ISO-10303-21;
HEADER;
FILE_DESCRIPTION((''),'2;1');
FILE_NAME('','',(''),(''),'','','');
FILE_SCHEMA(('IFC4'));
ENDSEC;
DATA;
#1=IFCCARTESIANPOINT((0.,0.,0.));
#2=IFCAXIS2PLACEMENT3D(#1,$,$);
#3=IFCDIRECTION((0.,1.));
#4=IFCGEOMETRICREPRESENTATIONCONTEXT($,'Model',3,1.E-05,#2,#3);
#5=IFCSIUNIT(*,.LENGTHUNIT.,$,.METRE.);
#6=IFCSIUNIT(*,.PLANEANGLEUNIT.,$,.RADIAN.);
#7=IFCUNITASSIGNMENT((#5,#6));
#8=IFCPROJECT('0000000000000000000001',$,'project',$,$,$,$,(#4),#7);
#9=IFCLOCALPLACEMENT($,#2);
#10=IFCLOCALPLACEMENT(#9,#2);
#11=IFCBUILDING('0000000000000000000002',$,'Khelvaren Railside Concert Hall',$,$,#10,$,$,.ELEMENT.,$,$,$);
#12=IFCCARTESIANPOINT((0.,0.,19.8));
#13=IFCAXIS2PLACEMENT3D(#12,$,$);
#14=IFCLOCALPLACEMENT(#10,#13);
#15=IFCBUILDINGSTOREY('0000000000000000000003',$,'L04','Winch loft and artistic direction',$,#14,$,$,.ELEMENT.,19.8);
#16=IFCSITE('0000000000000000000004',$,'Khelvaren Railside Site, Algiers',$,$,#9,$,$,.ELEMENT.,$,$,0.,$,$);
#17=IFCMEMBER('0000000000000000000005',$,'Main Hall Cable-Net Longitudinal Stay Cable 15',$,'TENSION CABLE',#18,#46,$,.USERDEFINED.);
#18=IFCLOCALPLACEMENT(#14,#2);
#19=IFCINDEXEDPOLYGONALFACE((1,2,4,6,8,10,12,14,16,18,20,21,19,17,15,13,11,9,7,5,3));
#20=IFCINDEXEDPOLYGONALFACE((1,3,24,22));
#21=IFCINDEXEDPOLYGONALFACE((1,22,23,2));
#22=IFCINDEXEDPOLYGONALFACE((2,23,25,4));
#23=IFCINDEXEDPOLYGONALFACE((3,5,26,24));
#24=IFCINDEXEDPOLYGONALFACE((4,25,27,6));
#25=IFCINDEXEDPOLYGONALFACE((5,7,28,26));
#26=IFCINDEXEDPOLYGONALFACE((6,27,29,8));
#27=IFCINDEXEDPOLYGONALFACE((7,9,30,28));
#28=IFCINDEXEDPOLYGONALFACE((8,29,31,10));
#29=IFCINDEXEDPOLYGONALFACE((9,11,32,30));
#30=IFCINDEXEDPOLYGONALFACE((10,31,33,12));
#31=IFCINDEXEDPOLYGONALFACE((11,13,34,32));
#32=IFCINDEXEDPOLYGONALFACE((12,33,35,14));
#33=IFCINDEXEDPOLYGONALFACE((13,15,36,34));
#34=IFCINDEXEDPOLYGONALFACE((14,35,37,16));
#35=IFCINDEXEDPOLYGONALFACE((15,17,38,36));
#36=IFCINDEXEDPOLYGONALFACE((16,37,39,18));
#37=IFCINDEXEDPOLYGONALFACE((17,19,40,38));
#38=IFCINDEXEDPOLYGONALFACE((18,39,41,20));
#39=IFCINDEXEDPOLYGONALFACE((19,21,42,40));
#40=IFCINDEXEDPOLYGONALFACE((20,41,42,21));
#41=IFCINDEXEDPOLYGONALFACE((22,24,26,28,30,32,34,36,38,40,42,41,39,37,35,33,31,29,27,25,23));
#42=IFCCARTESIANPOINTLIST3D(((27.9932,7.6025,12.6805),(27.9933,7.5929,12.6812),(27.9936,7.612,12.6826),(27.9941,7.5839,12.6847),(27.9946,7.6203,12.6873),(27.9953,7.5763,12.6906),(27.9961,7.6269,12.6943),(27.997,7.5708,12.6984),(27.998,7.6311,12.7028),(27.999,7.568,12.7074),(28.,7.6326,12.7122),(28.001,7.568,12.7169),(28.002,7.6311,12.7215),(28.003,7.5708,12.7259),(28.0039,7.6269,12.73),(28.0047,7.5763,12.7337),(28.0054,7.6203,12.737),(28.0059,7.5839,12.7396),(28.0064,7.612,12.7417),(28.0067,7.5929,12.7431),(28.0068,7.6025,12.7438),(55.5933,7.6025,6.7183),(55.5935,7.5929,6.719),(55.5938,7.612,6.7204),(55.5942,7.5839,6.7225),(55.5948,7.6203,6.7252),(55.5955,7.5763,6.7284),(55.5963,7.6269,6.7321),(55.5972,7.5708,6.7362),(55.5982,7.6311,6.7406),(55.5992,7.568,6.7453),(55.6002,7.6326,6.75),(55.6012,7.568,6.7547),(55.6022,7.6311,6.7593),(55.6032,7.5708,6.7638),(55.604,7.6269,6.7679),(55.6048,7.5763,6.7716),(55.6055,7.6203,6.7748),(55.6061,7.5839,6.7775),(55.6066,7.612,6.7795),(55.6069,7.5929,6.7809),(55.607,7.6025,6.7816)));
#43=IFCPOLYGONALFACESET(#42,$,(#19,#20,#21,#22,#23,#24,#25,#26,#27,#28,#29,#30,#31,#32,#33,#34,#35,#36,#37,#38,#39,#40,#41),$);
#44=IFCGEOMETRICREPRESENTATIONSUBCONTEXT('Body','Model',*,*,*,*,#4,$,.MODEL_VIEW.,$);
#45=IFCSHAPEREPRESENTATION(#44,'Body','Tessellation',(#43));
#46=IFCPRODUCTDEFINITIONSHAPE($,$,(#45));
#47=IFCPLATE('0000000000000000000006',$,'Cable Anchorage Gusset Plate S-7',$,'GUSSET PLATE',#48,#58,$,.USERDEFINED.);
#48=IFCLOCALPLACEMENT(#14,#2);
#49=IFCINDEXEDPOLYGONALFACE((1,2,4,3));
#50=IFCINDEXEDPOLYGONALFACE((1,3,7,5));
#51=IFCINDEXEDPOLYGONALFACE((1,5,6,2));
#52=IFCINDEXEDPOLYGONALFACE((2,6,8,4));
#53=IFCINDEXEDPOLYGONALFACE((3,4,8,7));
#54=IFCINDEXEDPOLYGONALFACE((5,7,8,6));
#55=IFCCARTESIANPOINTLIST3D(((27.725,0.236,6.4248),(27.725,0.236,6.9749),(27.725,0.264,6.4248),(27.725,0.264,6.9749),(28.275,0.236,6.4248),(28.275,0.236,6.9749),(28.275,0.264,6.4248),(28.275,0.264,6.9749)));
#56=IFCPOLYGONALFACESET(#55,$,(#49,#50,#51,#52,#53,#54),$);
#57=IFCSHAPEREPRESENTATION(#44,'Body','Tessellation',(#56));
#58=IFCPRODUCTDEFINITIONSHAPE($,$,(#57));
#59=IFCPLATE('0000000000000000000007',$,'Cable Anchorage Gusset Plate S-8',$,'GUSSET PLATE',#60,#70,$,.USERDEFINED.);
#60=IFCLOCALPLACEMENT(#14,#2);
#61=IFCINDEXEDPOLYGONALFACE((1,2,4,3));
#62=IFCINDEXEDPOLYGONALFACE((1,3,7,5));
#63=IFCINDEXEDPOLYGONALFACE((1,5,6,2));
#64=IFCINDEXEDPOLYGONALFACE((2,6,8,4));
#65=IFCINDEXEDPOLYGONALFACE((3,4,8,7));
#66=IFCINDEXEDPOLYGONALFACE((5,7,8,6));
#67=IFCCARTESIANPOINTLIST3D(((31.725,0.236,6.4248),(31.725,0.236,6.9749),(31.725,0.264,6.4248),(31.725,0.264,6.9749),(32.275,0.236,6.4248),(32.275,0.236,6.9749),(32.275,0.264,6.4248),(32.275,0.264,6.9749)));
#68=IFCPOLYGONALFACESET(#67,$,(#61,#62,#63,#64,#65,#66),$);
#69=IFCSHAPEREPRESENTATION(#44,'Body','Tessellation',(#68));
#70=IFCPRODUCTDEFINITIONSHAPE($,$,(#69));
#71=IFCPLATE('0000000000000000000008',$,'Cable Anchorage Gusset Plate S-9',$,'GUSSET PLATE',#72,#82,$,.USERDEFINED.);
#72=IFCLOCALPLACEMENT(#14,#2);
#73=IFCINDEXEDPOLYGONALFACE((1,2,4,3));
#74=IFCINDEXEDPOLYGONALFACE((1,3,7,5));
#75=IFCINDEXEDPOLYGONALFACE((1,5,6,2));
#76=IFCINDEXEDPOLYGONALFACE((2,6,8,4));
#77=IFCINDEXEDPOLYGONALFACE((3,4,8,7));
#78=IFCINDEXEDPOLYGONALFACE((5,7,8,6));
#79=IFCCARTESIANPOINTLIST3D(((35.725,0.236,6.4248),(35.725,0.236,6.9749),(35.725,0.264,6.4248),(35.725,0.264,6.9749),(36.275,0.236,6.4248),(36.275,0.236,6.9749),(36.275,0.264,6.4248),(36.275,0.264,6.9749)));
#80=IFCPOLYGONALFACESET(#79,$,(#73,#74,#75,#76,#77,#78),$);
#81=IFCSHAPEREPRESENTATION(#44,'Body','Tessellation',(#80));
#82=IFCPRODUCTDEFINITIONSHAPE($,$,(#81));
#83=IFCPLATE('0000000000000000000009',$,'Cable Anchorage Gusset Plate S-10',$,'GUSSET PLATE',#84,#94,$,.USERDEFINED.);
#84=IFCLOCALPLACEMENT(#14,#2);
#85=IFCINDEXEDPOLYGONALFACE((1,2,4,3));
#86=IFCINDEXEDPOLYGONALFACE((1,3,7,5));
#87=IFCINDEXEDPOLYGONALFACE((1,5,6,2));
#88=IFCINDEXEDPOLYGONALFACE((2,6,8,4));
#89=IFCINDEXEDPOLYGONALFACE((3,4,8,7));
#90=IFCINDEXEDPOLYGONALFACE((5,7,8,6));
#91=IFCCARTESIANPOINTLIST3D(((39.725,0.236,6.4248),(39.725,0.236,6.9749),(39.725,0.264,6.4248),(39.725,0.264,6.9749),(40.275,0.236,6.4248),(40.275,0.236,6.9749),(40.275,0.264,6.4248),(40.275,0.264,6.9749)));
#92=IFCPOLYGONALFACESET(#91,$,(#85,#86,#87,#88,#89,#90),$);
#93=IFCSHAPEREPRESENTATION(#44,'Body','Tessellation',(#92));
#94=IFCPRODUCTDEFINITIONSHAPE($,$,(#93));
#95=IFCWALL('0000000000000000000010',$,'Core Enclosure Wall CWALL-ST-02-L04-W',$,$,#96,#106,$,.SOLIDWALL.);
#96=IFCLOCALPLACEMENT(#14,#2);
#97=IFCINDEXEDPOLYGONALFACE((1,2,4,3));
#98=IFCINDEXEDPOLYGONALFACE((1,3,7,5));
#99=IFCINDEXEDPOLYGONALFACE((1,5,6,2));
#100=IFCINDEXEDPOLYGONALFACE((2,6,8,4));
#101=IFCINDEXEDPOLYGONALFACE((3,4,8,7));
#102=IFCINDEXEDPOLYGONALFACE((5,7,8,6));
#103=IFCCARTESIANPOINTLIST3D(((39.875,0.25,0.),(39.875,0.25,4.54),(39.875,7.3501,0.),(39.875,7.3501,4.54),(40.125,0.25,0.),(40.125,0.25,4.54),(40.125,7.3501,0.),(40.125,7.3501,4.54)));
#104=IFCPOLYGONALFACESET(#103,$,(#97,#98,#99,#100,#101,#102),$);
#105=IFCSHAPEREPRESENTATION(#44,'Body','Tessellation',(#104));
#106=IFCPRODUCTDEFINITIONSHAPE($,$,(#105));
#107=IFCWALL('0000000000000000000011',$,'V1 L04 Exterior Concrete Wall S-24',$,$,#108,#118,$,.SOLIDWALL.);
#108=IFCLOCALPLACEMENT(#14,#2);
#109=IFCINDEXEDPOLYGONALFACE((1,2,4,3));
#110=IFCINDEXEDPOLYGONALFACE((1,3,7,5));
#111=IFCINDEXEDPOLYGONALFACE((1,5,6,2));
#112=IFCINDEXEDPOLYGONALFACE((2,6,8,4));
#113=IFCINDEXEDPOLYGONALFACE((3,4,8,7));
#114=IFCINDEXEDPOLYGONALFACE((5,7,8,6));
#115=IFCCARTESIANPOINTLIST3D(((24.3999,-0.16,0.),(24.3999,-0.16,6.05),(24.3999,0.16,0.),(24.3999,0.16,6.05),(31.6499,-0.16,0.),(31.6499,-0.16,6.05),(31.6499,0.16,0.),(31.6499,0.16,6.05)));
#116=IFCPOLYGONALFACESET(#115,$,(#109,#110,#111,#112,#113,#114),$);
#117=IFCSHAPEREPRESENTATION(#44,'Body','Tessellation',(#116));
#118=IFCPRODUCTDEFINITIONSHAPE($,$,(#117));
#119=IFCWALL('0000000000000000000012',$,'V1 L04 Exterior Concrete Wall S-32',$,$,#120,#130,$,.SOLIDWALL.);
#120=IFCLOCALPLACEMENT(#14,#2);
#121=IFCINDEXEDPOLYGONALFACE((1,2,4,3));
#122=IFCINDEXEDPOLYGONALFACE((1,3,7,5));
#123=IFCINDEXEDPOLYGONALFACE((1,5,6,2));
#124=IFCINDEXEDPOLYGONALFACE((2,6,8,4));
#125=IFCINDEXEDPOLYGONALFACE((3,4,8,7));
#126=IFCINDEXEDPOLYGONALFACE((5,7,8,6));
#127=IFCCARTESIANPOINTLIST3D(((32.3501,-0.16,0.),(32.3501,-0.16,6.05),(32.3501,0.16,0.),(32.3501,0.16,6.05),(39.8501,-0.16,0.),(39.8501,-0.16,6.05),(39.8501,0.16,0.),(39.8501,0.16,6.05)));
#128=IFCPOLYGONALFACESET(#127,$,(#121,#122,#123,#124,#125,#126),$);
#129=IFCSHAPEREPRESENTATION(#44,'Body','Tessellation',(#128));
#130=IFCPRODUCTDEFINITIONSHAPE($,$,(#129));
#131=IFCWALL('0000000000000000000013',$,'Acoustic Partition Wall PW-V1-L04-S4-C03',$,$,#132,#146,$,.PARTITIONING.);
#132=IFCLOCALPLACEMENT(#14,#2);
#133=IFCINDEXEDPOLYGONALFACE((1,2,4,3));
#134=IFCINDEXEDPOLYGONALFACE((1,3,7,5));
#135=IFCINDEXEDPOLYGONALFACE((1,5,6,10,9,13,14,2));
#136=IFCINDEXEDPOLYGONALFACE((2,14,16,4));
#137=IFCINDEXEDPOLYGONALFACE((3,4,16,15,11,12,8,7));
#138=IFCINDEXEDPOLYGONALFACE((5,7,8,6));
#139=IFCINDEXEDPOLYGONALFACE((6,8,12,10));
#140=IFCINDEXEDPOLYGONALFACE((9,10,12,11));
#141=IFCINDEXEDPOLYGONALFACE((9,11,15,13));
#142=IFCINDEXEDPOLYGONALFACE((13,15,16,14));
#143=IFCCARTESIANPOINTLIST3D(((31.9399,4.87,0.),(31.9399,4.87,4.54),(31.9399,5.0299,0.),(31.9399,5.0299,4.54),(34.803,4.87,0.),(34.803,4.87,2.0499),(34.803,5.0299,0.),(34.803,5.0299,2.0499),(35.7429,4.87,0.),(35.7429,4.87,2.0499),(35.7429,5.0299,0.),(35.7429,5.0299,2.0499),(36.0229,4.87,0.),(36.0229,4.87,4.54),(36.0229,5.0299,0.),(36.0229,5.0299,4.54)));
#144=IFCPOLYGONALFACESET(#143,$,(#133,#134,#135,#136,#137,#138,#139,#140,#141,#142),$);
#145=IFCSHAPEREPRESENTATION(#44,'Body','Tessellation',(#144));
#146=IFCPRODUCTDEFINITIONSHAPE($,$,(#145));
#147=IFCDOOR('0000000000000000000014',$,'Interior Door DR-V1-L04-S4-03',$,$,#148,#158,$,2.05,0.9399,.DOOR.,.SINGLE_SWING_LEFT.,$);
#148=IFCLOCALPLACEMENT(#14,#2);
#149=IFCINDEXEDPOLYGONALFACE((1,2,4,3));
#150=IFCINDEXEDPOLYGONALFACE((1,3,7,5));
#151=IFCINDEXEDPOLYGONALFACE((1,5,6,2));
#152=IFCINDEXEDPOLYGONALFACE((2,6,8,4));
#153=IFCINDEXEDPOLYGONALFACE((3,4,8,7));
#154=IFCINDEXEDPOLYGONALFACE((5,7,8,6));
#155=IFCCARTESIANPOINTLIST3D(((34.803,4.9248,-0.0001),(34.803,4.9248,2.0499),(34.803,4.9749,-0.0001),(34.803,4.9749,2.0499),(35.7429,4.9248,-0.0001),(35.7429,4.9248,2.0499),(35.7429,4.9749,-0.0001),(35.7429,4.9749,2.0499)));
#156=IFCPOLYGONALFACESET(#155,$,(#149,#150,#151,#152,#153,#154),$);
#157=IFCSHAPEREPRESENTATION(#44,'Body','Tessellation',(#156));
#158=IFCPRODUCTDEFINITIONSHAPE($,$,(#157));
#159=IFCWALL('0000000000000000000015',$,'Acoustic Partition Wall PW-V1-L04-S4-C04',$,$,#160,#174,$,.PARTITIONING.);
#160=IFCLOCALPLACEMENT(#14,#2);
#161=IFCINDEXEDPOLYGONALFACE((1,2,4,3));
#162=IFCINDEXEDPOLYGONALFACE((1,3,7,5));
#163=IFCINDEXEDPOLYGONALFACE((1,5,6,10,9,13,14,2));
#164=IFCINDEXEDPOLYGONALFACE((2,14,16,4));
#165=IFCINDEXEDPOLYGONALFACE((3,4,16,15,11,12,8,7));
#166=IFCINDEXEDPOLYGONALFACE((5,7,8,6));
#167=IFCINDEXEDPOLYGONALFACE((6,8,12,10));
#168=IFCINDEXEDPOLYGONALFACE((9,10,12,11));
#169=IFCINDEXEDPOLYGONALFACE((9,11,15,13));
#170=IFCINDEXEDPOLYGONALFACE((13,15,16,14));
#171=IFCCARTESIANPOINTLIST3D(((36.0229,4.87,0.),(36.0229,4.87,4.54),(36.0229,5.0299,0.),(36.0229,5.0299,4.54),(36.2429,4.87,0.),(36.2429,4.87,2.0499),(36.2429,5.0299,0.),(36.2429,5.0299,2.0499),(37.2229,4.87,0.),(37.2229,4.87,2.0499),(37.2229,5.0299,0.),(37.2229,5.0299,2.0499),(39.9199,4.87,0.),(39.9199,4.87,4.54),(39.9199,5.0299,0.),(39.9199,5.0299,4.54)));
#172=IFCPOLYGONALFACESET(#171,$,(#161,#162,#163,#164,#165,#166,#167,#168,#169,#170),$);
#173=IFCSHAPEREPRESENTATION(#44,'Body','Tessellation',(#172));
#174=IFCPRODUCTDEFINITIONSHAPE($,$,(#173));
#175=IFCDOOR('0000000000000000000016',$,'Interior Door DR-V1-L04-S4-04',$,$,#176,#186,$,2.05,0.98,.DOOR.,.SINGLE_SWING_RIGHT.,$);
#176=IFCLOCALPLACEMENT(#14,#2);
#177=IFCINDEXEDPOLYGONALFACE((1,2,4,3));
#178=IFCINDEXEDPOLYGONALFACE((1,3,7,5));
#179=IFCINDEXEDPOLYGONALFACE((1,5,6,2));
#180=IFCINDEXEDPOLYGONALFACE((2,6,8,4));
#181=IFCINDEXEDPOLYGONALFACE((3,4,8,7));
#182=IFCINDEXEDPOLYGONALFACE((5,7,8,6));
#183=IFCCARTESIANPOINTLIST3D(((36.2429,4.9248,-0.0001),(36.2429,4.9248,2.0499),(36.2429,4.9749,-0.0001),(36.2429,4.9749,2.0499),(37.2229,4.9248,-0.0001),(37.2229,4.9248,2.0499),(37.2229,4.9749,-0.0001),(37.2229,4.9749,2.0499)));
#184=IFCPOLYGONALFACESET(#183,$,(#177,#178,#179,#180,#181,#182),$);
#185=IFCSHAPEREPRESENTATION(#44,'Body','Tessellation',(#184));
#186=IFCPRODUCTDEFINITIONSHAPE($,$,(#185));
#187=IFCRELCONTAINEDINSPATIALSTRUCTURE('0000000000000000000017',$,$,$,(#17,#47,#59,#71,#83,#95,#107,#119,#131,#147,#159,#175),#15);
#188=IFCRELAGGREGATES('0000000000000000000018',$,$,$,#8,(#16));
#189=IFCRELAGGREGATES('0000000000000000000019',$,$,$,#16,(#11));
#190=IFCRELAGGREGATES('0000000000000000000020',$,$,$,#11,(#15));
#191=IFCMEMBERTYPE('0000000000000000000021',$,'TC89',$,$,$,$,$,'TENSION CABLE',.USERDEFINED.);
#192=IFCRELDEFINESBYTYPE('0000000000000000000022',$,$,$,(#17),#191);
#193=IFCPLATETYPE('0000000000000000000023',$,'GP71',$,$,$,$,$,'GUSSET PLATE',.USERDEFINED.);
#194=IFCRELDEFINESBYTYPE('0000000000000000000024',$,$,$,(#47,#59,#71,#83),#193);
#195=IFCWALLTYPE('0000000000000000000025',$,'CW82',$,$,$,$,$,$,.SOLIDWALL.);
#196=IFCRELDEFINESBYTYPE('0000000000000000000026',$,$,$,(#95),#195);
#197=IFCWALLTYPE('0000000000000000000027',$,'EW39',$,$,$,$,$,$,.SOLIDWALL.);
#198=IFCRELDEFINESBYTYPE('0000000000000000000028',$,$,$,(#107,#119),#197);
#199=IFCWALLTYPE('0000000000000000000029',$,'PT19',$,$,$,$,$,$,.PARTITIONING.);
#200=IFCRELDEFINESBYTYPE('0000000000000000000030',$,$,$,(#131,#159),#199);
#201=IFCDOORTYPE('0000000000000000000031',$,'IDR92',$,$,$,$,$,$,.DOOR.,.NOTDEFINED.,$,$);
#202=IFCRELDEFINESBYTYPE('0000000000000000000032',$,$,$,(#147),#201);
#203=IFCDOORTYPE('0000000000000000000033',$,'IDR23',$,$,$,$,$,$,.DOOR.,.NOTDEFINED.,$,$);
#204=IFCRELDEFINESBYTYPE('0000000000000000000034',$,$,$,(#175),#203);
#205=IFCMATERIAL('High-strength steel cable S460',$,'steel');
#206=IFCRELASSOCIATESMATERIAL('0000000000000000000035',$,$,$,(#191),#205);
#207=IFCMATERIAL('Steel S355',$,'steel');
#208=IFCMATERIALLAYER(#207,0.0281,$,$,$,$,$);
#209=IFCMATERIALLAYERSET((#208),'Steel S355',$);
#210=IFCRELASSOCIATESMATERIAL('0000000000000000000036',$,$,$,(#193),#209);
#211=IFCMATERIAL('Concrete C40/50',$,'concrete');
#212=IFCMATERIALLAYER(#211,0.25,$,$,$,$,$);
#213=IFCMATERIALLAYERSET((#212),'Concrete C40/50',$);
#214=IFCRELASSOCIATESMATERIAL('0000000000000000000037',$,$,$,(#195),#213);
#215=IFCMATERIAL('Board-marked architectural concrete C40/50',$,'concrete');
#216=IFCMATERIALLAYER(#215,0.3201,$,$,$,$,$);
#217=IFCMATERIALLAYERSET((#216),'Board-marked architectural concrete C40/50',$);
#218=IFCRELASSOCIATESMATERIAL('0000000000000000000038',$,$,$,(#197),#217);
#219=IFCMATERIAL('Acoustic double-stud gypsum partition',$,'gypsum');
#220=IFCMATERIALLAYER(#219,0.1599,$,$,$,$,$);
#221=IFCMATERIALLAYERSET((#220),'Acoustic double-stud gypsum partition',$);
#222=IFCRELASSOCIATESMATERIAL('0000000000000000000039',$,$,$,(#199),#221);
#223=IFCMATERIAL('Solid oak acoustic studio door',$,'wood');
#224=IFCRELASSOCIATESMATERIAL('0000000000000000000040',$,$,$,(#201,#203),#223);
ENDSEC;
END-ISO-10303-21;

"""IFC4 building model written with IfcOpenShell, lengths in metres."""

from ifc_helpers import new_model, si_unit, direction, frame, frame_2d, origin, origin_2d, place, context, subcontext, project, spatial, rectangle, circle, extrude, material, layer, layer_set, material_profile, profile_set, type_object, element, fill, save


model = new_model("IFC4")

# Units and contexts
model_context = context("Model", 3, precision=1e-05, world=origin(), true_north=direction((0.0, 1.0)))
body_context = subcontext(model_context, "Body", "Model", "MODEL_VIEW")
ifc_project = project(units=[si_unit("LENGTHUNIT", "METRE"), si_unit("PLANEANGLEUNIT", "RADIAN")], contexts=[model_context])

# Site, building, storey
site_placement = place(None, origin())
site = spatial("IfcSite", under=ifc_project, at=site_placement, Name="Khelvaren Railside Site, Algiers", CompositionType="ELEMENT", RefElevation=0.0)
building_placement = place(site_placement, origin())
building = spatial("IfcBuilding", under=site, at=building_placement, Name="Khelvaren Railside Concert Hall", CompositionType="ELEMENT")
storey_placement = place(building_placement, frame((0.0, 0.0, 19.8)))
storey = spatial("IfcBuildingStorey", under=building, at=storey_placement, Name="L04", Description="Winch loft and artistic direction", CompositionType="ELEMENT", Elevation=19.8)

# Shared definitions
ifc_material_1 = material(Name="Steel S355", Category="steel")

# Shared definitions
ifc_material_2 = material(Name="Concrete C40/50", Category="concrete")

# Member
ifc_material_3 = material(Name="High-strength steel cable S460", Category="steel")
ifc_material_profile_1 = material_profile(ifc_material_3, circle(Radius=0.0325, at=origin_2d()), Name="LCB D65")
ifc_profile_set_1 = profile_set([ifc_material_profile_1], Name="High-strength steel cable S460")
member_type_1 = type_object("IfcMemberType", Name="TC89", ElementType="TENSION CABLE", PredefinedType="USERDEFINED", material=ifc_profile_set_1)
member_1_placement = place(storey_placement, frame((28.0, 7.6001, 12.7122), z_axis=(0.977454, 0.0, -0.211149), x_axis=(0.0, 1.0, 0.0)))
element("IfcMember", 1, at=member_1_placement, inside=storey, type_object=member_type_1, Name="Main Hall Cable-Net Longitudinal Stay Cable 15", ObjectType="TENSION CABLE", PredefinedType="USERDEFINED", context=body_context, shape_type="SweptSolid", body=[
    extrude(circle(Radius=0.0325, at=origin_2d()), origin(), (0.0, 0.0, 1.0), 28.2368),
])

# Plates
ifc_layer_1 = layer(ifc_material_1, 0.0281)
ifc_layer_set_1 = layer_set([ifc_layer_1], Name="Steel S355")
plate_type = type_object("IfcPlateType", Name="GP71", ElementType="GUSSET PLATE", PredefinedType="USERDEFINED", material=ifc_layer_set_1)
for number, where, z_axis, x_axis, name in (
    (2, (28.0, 0.25, 6.4248), (0.0, 0.0, 1.0), (1.0, 0.0, 0.0), "Cable Anchorage Gusset Plate S-7"),
    (3, (32.0, 0.25, 6.4248), (0.0, 0.0, 1.0), (1.0, 0.0, 0.0), "Cable Anchorage Gusset Plate S-8"),
    (4, (36.0, 0.25, 6.4248), (0.0, 0.0, 1.0), (1.0, 0.0, 0.0), "Cable Anchorage Gusset Plate S-9"),
    (5, (40.0, 0.25, 6.4248), (0.0, 0.0, 1.0), (1.0, 0.0, 0.0), "Cable Anchorage Gusset Plate S-10"),
):
    element("IfcPlate", number, at=place(storey_placement, frame(where, z_axis=z_axis, x_axis=x_axis)), inside=storey, type_object=plate_type, Name=name, ObjectType="GUSSET PLATE", PredefinedType="USERDEFINED", context=body_context, shape_type="SweptSolid", body=[
        extrude(rectangle(XDim=0.55, YDim=0.0281, at=origin_2d()), origin(), (0.0, 0.0, 1.0), 0.55),
    ])

# Walls
ifc_layer_2 = layer(ifc_material_2, 0.25)
ifc_layer_set_2 = layer_set([ifc_layer_2], Name="Concrete C40/50")
wall_type_1 = type_object("IfcWallType", Name="CW82", PredefinedType="SOLIDWALL", material=ifc_layer_set_2)
wall_1_placement = place(storey_placement, frame((40.0, 0.25, 0.0), z_axis=(0.0, 0.0, 1.0), x_axis=(0.0, 1.0, 0.0)))
element("IfcWall", 6, at=wall_1_placement, inside=storey, type_object=wall_type_1, Name="Core Enclosure Wall CWALL-ST-02-L04-W", PredefinedType="SOLIDWALL", context=body_context, shape_type="SweptSolid", body=[
    extrude(rectangle(XDim=7.1001, YDim=0.25, at=frame_2d((3.55, 0.0))), origin(), (0.0, 0.0, 1.0), 4.54),
])
ifc_material_4 = material(Name="Board-marked architectural concrete C40/50", Category="concrete")
ifc_layer_3 = layer(ifc_material_4, 0.3201)
ifc_layer_set_3 = layer_set([ifc_layer_3], Name="Board-marked architectural concrete C40/50")
wall_type_2 = type_object("IfcWallType", Name="EW39", PredefinedType="SOLIDWALL", material=ifc_layer_set_3)
wall_2_placement = place(storey_placement, frame((31.6499, 0.0, 0.0), z_axis=(0.0, 0.0, 1.0), x_axis=(-1.0, 0.0, 0.0)))
element("IfcWall", 7, at=wall_2_placement, inside=storey, type_object=wall_type_2, Name="V1 L04 Exterior Concrete Wall S-24", PredefinedType="SOLIDWALL", context=body_context, shape_type="SweptSolid", body=[
    extrude(rectangle(XDim=7.25, YDim=0.3201, at=frame_2d((3.625, 0.0))), origin(), (0.0, 0.0, 1.0), 6.05),
])
wall_3_placement = place(storey_placement, frame((39.8501, 0.0, 0.0), z_axis=(0.0, 0.0, 1.0), x_axis=(-1.0, 0.0, 0.0)))
element("IfcWall", 8, at=wall_3_placement, inside=storey, type_object=wall_type_2, Name="V1 L04 Exterior Concrete Wall S-32", PredefinedType="SOLIDWALL", context=body_context, shape_type="SweptSolid", body=[
    extrude(rectangle(XDim=7.5, YDim=0.3201, at=frame_2d((3.75, 0.0))), origin(), (0.0, 0.0, 1.0), 6.05),
])

# Walls, openings, doors
ifc_material_5 = material(Name="Acoustic double-stud gypsum partition", Category="gypsum")
ifc_layer_4 = layer(ifc_material_5, 0.1599)
ifc_layer_set_4 = layer_set([ifc_layer_4], Name="Acoustic double-stud gypsum partition")
wall_type_3 = type_object("IfcWallType", Name="PT19", PredefinedType="PARTITIONING", material=ifc_layer_set_4)
wall_4_placement = place(storey_placement, frame((31.9399, 4.95, 0.0), z_axis=(0.0, 0.0, 1.0), x_axis=(1.0, 0.0, 0.0)))
wall_4 = element("IfcWall", 9, at=wall_4_placement, inside=storey, type_object=wall_type_3, Name="Acoustic Partition Wall PW-V1-L04-S4-C03", PredefinedType="PARTITIONING", context=body_context, shape_type="SweptSolid", body=[
    extrude(rectangle(XDim=4.083, YDim=0.1599, at=frame_2d((2.0415, 0.0))), origin(), (0.0, 0.0, 1.0), 4.54),
])
opening_1_placement = place(wall_4_placement, frame((2.863, 0.0, 0.0)))
opening_1 = element("IfcOpeningElement", 10, at=opening_1_placement, cuts=wall_4, PredefinedType="OPENING", context=body_context, shape_type="SweptSolid", body=[
    extrude(rectangle(XDim=0.9399, YDim=2.05, at=frame_2d((0.47, 1.0249))), frame((0.0, 0.0898, 0.0), z_axis=(0.0, -1.0, 0.0), x_axis=(1.0, 0.0, 0.0)), (0.0, 0.0, 1.0), 0.1799),
])
ifc_material_6 = material(Name="Solid oak acoustic studio door", Category="wood")
door_type_1 = type_object("IfcDoorType", Name="IDR92", OperationType="NOTDEFINED", PredefinedType="DOOR", material=ifc_material_6)
door_1_placement = place(opening_1_placement, origin())
door_1 = element("IfcDoor", 11, at=door_1_placement, inside=storey, type_object=door_type_1, Name="Interior Door DR-V1-L04-S4-03", OperationType="SINGLE_SWING_LEFT", OverallHeight=2.05, OverallWidth=0.9399, PredefinedType="DOOR", context=body_context, shape_type="SweptSolid", body=[
    extrude(rectangle(XDim=0.9399, YDim=2.05, at=frame_2d((0.47, 1.0249))), frame((0.0, 0.0249, 0.0), z_axis=(0.0, -1.0, 0.0), x_axis=(1.0, 0.0, 0.0)), (0.0, 0.0, 1.0), 0.05),
])
fill(opening_1, door_1)
wall_5_placement = place(storey_placement, frame((36.0229, 4.95, 0.0), z_axis=(0.0, 0.0, 1.0), x_axis=(1.0, 0.0, 0.0)))
wall_5 = element("IfcWall", 12, at=wall_5_placement, inside=storey, type_object=wall_type_3, Name="Acoustic Partition Wall PW-V1-L04-S4-C04", PredefinedType="PARTITIONING", context=body_context, shape_type="SweptSolid", body=[
    extrude(rectangle(XDim=3.897, YDim=0.1599, at=frame_2d((1.9485, 0.0))), origin(), (0.0, 0.0, 1.0), 4.54),
])
opening_2_placement = place(wall_5_placement, frame((0.22, 0.0, 0.0)))
opening_2 = element("IfcOpeningElement", 13, at=opening_2_placement, cuts=wall_5, PredefinedType="OPENING", context=body_context, shape_type="SweptSolid", body=[
    extrude(rectangle(XDim=0.98, YDim=2.05, at=frame_2d((0.49, 1.0249))), frame((0.0, 0.0898, 0.0), z_axis=(0.0, -1.0, 0.0), x_axis=(1.0, 0.0, 0.0)), (0.0, 0.0, 1.0), 0.1799),
])
door_type_2 = type_object("IfcDoorType", Name="IDR23", OperationType="NOTDEFINED", PredefinedType="DOOR", material=ifc_material_6)
door_2_placement = place(opening_2_placement, origin())
door_2 = element("IfcDoor", 14, at=door_2_placement, inside=storey, type_object=door_type_2, Name="Interior Door DR-V1-L04-S4-04", OperationType="SINGLE_SWING_RIGHT", OverallHeight=2.05, OverallWidth=0.98, PredefinedType="DOOR", context=body_context, shape_type="SweptSolid", body=[
    extrude(rectangle(XDim=0.98, YDim=2.05, at=frame_2d((0.49, 1.0249))), frame((0.0, 0.0249, 0.0), z_axis=(0.0, -1.0, 0.0), x_axis=(1.0, 0.0, 0.0)), (0.0, 0.0, 1.0), 0.05),
])
fill(opening_2, door_2)

save(model, "model.ifc")
